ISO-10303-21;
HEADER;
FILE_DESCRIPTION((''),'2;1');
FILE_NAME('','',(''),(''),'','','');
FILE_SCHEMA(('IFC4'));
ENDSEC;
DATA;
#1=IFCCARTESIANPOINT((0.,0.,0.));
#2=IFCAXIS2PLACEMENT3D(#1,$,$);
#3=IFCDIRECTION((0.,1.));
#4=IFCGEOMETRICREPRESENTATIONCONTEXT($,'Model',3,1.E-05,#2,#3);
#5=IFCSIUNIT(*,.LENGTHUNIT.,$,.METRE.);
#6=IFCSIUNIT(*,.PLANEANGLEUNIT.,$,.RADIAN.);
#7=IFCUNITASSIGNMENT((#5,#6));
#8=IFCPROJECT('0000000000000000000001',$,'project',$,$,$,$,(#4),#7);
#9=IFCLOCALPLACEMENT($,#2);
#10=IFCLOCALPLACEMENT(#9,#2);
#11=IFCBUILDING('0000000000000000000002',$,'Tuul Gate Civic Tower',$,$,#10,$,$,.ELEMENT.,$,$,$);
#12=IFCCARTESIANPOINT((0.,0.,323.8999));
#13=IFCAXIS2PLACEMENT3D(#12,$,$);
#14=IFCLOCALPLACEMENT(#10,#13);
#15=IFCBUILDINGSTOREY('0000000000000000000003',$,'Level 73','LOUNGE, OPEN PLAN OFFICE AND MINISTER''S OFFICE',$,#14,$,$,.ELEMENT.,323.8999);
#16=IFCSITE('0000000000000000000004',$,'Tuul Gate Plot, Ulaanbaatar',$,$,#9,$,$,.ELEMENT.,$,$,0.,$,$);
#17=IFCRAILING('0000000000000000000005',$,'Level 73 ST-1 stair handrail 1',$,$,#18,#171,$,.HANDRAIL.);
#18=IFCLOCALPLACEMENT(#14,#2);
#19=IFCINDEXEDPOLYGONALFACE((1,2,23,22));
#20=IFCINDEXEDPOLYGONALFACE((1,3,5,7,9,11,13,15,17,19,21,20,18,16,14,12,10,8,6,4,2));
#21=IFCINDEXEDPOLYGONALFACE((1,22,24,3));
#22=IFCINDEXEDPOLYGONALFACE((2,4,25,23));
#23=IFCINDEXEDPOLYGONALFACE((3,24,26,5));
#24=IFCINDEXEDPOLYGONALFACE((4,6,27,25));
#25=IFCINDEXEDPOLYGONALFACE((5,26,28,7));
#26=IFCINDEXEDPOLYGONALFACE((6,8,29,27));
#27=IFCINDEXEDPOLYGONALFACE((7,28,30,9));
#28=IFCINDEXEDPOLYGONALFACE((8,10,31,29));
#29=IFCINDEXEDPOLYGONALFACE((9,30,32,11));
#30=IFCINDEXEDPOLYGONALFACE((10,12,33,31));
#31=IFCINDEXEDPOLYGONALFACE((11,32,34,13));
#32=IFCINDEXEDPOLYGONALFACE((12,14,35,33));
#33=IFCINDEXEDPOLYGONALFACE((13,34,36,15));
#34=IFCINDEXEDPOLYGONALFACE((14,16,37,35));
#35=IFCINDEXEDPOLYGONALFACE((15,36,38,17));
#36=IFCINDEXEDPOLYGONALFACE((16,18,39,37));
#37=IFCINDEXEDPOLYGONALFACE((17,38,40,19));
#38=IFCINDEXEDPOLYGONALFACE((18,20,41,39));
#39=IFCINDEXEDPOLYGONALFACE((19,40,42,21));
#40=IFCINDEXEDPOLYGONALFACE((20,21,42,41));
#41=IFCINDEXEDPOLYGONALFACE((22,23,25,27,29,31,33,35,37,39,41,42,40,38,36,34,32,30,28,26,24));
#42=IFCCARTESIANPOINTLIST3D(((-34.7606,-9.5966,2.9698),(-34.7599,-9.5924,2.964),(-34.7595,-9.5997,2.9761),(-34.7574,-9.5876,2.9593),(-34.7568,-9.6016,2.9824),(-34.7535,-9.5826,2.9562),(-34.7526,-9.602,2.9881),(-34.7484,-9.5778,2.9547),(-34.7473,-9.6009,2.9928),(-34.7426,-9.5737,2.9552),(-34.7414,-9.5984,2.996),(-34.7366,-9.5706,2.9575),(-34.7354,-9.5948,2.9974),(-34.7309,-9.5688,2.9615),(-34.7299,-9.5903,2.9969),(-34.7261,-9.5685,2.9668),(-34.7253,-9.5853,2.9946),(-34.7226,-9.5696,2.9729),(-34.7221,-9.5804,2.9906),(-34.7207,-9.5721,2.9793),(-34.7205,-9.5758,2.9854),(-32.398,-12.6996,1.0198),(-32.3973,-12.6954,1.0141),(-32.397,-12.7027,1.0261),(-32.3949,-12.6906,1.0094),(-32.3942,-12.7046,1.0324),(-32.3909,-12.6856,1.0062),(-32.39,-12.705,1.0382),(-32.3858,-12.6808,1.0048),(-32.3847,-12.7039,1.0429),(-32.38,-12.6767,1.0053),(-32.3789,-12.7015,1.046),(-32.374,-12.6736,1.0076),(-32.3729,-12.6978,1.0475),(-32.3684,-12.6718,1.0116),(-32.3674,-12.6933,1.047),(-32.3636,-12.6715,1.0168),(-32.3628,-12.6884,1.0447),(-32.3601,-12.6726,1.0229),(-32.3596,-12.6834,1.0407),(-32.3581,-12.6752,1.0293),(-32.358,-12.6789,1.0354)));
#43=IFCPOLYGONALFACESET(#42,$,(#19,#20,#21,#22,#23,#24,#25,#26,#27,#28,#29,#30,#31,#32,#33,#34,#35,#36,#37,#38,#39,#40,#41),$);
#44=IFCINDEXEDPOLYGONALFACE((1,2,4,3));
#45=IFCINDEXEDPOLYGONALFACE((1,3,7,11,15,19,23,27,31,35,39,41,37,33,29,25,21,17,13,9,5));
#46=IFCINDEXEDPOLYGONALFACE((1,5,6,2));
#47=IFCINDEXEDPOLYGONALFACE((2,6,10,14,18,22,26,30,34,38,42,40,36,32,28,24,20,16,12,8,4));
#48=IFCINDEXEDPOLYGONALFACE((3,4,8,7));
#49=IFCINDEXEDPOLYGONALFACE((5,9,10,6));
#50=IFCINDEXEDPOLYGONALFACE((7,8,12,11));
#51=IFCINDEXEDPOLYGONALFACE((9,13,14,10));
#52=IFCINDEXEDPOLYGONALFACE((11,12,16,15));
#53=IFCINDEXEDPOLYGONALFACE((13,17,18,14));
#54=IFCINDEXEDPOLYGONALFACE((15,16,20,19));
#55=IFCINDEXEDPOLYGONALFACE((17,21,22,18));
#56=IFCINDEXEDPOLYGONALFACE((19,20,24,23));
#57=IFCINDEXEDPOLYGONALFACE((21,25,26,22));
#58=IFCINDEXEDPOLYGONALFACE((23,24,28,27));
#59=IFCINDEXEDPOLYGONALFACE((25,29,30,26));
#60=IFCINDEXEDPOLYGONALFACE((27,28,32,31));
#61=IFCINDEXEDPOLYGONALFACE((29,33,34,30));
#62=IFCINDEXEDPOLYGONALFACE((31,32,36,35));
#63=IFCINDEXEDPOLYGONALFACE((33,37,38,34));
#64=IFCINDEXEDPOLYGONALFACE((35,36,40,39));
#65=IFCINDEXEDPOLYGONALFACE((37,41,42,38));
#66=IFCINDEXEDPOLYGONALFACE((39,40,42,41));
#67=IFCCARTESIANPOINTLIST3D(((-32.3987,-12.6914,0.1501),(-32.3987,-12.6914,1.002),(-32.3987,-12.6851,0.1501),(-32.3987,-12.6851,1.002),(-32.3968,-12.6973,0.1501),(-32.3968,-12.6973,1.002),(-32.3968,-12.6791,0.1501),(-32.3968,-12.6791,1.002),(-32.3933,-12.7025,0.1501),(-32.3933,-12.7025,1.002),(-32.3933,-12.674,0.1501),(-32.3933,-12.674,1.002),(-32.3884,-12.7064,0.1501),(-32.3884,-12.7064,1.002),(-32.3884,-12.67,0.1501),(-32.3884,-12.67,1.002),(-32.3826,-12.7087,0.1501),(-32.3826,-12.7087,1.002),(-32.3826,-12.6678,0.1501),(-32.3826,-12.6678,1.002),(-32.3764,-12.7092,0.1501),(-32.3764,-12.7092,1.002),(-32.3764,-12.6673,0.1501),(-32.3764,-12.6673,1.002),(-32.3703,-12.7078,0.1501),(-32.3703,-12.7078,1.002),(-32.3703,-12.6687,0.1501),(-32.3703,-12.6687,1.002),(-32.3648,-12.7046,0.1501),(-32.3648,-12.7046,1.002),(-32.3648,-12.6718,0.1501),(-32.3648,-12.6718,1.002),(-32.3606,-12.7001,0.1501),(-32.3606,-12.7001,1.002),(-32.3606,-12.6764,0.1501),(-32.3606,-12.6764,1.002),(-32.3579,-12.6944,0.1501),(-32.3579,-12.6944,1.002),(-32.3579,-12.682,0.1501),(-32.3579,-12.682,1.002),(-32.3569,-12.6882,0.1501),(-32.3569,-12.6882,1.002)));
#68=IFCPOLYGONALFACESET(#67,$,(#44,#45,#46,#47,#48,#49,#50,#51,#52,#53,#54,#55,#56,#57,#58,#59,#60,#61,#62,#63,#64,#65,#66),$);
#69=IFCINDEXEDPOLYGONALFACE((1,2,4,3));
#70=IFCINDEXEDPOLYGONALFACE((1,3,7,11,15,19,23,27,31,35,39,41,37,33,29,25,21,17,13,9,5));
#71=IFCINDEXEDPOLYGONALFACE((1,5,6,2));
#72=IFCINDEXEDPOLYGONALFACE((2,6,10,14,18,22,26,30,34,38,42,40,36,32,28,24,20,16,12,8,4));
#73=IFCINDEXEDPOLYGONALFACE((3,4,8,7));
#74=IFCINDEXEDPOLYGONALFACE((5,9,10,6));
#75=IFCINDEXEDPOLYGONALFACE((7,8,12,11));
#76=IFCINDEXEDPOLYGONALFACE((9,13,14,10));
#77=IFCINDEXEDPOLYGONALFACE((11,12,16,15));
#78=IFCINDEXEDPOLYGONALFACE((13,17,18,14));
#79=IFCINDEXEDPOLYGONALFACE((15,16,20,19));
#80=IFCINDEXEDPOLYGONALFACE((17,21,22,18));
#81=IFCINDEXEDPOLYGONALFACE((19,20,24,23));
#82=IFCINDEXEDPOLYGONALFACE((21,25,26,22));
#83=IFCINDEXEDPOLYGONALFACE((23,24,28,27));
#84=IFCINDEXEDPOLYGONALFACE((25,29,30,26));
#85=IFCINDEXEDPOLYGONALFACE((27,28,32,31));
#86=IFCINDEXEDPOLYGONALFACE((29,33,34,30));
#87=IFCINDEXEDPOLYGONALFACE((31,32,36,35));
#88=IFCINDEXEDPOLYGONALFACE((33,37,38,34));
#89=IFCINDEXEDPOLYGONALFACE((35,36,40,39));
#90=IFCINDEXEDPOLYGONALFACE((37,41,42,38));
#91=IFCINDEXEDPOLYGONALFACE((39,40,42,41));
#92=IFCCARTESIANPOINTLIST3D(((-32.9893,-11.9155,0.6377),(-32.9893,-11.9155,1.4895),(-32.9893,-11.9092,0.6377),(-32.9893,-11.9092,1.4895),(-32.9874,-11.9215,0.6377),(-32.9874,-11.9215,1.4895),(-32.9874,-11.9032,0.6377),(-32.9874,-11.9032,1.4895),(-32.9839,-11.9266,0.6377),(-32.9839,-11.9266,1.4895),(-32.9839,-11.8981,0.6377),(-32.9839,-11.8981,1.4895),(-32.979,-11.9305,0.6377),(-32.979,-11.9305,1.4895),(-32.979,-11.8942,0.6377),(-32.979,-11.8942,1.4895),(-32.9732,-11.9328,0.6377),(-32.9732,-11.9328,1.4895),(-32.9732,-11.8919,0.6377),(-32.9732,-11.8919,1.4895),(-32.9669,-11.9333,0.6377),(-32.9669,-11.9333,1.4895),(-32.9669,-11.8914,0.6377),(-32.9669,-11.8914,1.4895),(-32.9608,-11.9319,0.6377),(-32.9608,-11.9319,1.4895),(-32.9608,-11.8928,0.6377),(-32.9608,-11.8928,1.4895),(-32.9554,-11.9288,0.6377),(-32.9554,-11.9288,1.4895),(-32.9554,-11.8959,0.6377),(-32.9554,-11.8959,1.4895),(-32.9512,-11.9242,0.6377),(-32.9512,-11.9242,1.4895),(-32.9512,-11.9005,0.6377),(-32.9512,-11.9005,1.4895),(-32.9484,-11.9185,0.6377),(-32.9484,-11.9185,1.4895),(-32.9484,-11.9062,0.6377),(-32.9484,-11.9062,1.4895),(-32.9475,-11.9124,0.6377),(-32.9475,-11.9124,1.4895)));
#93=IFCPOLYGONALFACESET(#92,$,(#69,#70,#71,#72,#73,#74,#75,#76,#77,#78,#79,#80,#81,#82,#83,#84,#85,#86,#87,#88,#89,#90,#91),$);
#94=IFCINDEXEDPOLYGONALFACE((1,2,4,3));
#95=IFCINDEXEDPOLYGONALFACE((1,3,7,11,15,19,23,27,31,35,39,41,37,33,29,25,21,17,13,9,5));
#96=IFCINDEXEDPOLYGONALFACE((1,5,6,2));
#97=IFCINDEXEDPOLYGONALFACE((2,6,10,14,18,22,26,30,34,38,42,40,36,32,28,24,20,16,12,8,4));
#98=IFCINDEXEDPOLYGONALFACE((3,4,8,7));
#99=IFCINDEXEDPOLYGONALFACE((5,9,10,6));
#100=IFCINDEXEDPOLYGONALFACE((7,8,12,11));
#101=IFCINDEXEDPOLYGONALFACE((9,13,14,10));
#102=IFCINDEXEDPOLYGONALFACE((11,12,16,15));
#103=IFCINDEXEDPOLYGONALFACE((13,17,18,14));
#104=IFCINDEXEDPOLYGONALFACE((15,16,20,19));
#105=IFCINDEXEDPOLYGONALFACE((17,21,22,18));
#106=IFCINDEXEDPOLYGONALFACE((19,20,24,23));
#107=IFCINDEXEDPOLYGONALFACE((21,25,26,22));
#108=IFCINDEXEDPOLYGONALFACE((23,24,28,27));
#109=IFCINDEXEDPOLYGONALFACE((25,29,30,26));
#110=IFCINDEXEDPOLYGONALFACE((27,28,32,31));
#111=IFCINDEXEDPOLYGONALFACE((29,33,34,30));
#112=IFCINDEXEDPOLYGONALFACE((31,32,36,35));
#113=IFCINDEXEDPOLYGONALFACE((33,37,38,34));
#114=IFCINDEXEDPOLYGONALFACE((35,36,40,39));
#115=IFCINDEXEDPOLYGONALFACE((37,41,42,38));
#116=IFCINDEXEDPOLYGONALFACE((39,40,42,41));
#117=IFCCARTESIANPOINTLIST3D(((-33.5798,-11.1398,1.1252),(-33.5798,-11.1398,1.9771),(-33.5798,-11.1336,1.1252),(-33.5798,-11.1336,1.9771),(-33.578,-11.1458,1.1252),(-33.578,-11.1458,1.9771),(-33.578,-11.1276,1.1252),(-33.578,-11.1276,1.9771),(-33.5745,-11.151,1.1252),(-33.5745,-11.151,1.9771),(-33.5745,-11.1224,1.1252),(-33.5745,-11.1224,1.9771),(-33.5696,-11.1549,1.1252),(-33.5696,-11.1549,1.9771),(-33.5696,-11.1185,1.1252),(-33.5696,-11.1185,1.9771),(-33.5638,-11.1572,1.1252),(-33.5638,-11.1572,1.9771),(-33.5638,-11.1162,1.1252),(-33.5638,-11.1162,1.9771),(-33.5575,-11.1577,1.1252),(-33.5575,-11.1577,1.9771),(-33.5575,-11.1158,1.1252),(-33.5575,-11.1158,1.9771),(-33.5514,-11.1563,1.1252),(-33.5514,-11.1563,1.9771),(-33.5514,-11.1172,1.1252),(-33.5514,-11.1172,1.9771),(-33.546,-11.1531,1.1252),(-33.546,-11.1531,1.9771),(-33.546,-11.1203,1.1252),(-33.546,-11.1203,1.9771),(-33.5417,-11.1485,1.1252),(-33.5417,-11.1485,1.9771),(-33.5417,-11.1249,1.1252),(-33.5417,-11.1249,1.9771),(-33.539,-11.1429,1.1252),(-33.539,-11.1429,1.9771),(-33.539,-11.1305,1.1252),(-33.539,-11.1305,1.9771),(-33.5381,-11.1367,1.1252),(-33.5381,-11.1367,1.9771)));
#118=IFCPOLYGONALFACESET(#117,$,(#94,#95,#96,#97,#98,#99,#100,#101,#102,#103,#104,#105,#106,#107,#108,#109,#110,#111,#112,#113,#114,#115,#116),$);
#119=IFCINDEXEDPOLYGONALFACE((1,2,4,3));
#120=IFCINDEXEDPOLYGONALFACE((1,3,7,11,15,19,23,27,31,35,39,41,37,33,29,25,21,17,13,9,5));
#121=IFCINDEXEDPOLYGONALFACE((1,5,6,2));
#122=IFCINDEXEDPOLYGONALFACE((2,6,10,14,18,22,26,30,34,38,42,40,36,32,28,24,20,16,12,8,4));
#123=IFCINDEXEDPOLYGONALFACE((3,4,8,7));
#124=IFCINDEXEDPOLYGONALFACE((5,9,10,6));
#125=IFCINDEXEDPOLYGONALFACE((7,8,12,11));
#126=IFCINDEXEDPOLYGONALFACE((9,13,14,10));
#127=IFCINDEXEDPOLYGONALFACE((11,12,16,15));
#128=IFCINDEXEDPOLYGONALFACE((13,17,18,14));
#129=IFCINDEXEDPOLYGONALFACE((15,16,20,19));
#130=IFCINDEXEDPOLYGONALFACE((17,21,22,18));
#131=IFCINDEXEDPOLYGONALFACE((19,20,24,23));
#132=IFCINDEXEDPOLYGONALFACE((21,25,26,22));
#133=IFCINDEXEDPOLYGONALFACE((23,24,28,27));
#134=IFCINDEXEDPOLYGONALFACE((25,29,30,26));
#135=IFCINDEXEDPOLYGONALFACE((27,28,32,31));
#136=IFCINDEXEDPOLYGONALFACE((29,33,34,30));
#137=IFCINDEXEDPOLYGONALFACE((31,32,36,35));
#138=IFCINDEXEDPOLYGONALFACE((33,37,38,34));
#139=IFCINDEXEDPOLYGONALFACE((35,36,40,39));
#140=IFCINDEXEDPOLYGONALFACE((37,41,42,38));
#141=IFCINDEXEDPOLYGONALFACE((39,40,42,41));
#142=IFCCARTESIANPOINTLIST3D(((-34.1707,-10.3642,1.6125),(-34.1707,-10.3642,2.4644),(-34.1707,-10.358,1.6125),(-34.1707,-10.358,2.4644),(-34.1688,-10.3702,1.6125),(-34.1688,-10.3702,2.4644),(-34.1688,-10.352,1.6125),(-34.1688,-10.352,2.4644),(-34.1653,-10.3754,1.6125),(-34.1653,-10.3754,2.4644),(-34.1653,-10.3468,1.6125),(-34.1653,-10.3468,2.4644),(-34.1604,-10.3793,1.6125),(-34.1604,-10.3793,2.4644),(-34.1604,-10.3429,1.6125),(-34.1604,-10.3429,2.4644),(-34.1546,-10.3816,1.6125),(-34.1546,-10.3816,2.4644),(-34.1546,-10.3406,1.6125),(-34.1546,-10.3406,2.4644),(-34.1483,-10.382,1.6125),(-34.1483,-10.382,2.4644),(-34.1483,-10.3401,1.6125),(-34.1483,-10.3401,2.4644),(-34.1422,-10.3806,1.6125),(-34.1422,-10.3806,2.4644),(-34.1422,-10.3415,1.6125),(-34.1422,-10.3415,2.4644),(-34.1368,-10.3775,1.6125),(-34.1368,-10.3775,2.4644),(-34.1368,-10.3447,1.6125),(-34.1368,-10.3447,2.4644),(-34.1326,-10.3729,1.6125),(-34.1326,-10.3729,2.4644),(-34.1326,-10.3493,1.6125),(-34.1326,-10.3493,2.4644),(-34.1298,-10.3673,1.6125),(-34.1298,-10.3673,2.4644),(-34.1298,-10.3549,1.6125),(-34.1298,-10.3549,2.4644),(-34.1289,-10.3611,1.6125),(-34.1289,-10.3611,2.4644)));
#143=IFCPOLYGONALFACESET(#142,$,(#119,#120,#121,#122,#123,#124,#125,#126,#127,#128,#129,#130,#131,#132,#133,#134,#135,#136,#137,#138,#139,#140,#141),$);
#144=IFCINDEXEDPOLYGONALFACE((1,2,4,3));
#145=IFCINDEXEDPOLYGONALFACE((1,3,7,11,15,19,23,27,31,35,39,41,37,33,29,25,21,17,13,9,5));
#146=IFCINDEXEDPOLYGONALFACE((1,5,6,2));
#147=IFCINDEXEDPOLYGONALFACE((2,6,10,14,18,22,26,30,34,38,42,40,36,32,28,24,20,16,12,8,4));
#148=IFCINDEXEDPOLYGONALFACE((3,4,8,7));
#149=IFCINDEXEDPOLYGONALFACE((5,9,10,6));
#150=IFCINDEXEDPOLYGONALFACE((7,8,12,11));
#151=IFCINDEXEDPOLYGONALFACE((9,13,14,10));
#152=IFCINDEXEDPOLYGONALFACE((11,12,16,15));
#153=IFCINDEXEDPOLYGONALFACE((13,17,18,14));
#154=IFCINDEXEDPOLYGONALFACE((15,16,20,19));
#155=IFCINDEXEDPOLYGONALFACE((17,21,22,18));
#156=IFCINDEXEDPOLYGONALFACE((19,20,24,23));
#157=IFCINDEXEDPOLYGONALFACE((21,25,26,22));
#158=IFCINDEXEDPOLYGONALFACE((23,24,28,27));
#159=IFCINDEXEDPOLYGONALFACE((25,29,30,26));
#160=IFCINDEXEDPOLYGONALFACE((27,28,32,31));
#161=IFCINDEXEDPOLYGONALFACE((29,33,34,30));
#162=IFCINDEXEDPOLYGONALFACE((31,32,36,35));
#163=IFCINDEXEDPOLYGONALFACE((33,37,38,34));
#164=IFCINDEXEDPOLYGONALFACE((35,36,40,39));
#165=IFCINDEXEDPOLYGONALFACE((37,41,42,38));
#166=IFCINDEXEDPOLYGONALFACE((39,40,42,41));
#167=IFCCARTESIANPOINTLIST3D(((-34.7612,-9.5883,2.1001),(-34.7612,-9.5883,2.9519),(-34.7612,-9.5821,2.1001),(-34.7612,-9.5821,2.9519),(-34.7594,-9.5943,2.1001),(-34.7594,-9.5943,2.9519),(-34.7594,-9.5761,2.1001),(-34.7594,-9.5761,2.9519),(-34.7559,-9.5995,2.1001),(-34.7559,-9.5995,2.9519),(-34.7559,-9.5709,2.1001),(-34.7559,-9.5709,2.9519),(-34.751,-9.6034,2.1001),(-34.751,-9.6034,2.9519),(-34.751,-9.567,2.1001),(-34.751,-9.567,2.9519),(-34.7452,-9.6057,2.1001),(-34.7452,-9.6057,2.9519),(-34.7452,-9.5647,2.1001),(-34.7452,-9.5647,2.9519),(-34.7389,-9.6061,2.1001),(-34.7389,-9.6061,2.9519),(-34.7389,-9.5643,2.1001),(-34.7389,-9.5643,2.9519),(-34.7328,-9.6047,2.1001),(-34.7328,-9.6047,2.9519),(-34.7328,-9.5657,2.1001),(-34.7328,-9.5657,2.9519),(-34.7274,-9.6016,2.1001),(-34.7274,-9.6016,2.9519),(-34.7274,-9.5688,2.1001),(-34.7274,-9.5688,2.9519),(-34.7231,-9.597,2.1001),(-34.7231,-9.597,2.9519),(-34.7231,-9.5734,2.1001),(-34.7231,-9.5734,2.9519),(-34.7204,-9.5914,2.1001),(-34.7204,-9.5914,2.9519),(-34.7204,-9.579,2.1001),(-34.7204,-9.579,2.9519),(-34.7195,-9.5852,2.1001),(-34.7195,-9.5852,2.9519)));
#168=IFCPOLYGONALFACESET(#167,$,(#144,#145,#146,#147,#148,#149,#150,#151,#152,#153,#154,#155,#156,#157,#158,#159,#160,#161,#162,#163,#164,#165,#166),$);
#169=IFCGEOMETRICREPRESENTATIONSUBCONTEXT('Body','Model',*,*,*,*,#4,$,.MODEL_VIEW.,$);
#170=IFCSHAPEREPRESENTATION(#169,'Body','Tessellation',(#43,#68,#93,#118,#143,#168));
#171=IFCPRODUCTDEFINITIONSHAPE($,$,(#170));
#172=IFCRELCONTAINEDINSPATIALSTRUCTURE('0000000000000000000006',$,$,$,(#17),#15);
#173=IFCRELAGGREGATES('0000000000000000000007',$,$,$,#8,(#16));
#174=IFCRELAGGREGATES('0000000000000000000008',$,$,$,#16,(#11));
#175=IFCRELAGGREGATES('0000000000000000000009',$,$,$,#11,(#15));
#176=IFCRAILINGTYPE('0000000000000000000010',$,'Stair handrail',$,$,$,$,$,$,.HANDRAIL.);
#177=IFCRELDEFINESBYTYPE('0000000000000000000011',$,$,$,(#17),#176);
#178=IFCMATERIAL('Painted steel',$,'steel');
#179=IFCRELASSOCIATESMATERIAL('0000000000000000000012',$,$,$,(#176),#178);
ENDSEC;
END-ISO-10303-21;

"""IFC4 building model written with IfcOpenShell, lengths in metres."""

from ifc_helpers import new_model, si_unit, direction, frame, origin, origin_2d, place, context, subcontext, project, spatial, circle, extrude, material, type_object, element, save


model = new_model("IFC4")

# Units and contexts
model_context = context("Model", 3, precision=1e-05, world=origin(), true_north=direction((0.0, 1.0)))
body_context = subcontext(model_context, "Body", "Model", "MODEL_VIEW")
ifc_project = project(units=[si_unit("LENGTHUNIT", "METRE"), si_unit("PLANEANGLEUNIT", "RADIAN")], contexts=[model_context])

# Site, building, storey
site_placement = place(None, origin())
site = spatial("IfcSite", under=ifc_project, at=site_placement, Name="Tuul Gate Plot, Ulaanbaatar", CompositionType="ELEMENT", RefElevation=0.0)
building_placement = place(site_placement, origin())
building = spatial("IfcBuilding", under=site, at=building_placement, Name="Tuul Gate Civic Tower", CompositionType="ELEMENT")
storey_placement = place(building_placement, frame((0.0, 0.0, 323.8999)))
storey = spatial("IfcBuildingStorey", under=building, at=storey_placement, Name="Level 73", Description="LOUNGE, OPEN PLAN OFFICE AND MINISTER'S OFFICE", CompositionType="ELEMENT", Elevation=323.8999)

# Railing
ifc_material_1 = material(Name="Painted steel", Category="steel")
railing_type_1 = type_object("IfcRailingType", Name="Stair handrail", PredefinedType="HANDRAIL", material=ifc_material_1)
railing_1_placement = place(storey_placement, frame((-32.3779, -12.6882, 0.1501)))
element("IfcRailing", 1, at=railing_1_placement, inside=storey, type_object=railing_type_1, Name="Level 73 ST-1 stair handrail 1", PredefinedType="HANDRAIL", context=body_context, shape_type="SweptSolid", body=[
    extrude(circle(Radius=0.0239, at=origin_2d()), frame((0.0, 0.0, 0.876), z_axis=(-0.541824, 0.711645, 0.4472), x_axis=(-0.795637, -0.605773, 0.0)), (0.0, 0.0, 1.0), 4.3604),
    extrude(circle(Radius=0.021, at=origin_2d()), origin(), (0.0, 0.0, 1.0), 0.8518),
    extrude(circle(Radius=0.021, at=origin_2d()), frame((-0.5906, 0.7759, 0.4875)), (0.0, 0.0, 1.0), 0.8518),
    extrude(circle(Radius=0.021, at=origin_2d()), frame((-1.1812, 1.5515, 0.9751)), (0.0, 0.0, 1.0), 0.8518),
    extrude(circle(Radius=0.021, at=origin_2d()), frame((-1.772, 2.3271, 1.4624)), (0.0, 0.0, 1.0), 0.8518),
    extrude(circle(Radius=0.021, at=origin_2d()), frame((-2.3625, 3.103, 1.95)), (0.0, 0.0, 1.0), 0.8518),
])

save(model, "model.ifc")
